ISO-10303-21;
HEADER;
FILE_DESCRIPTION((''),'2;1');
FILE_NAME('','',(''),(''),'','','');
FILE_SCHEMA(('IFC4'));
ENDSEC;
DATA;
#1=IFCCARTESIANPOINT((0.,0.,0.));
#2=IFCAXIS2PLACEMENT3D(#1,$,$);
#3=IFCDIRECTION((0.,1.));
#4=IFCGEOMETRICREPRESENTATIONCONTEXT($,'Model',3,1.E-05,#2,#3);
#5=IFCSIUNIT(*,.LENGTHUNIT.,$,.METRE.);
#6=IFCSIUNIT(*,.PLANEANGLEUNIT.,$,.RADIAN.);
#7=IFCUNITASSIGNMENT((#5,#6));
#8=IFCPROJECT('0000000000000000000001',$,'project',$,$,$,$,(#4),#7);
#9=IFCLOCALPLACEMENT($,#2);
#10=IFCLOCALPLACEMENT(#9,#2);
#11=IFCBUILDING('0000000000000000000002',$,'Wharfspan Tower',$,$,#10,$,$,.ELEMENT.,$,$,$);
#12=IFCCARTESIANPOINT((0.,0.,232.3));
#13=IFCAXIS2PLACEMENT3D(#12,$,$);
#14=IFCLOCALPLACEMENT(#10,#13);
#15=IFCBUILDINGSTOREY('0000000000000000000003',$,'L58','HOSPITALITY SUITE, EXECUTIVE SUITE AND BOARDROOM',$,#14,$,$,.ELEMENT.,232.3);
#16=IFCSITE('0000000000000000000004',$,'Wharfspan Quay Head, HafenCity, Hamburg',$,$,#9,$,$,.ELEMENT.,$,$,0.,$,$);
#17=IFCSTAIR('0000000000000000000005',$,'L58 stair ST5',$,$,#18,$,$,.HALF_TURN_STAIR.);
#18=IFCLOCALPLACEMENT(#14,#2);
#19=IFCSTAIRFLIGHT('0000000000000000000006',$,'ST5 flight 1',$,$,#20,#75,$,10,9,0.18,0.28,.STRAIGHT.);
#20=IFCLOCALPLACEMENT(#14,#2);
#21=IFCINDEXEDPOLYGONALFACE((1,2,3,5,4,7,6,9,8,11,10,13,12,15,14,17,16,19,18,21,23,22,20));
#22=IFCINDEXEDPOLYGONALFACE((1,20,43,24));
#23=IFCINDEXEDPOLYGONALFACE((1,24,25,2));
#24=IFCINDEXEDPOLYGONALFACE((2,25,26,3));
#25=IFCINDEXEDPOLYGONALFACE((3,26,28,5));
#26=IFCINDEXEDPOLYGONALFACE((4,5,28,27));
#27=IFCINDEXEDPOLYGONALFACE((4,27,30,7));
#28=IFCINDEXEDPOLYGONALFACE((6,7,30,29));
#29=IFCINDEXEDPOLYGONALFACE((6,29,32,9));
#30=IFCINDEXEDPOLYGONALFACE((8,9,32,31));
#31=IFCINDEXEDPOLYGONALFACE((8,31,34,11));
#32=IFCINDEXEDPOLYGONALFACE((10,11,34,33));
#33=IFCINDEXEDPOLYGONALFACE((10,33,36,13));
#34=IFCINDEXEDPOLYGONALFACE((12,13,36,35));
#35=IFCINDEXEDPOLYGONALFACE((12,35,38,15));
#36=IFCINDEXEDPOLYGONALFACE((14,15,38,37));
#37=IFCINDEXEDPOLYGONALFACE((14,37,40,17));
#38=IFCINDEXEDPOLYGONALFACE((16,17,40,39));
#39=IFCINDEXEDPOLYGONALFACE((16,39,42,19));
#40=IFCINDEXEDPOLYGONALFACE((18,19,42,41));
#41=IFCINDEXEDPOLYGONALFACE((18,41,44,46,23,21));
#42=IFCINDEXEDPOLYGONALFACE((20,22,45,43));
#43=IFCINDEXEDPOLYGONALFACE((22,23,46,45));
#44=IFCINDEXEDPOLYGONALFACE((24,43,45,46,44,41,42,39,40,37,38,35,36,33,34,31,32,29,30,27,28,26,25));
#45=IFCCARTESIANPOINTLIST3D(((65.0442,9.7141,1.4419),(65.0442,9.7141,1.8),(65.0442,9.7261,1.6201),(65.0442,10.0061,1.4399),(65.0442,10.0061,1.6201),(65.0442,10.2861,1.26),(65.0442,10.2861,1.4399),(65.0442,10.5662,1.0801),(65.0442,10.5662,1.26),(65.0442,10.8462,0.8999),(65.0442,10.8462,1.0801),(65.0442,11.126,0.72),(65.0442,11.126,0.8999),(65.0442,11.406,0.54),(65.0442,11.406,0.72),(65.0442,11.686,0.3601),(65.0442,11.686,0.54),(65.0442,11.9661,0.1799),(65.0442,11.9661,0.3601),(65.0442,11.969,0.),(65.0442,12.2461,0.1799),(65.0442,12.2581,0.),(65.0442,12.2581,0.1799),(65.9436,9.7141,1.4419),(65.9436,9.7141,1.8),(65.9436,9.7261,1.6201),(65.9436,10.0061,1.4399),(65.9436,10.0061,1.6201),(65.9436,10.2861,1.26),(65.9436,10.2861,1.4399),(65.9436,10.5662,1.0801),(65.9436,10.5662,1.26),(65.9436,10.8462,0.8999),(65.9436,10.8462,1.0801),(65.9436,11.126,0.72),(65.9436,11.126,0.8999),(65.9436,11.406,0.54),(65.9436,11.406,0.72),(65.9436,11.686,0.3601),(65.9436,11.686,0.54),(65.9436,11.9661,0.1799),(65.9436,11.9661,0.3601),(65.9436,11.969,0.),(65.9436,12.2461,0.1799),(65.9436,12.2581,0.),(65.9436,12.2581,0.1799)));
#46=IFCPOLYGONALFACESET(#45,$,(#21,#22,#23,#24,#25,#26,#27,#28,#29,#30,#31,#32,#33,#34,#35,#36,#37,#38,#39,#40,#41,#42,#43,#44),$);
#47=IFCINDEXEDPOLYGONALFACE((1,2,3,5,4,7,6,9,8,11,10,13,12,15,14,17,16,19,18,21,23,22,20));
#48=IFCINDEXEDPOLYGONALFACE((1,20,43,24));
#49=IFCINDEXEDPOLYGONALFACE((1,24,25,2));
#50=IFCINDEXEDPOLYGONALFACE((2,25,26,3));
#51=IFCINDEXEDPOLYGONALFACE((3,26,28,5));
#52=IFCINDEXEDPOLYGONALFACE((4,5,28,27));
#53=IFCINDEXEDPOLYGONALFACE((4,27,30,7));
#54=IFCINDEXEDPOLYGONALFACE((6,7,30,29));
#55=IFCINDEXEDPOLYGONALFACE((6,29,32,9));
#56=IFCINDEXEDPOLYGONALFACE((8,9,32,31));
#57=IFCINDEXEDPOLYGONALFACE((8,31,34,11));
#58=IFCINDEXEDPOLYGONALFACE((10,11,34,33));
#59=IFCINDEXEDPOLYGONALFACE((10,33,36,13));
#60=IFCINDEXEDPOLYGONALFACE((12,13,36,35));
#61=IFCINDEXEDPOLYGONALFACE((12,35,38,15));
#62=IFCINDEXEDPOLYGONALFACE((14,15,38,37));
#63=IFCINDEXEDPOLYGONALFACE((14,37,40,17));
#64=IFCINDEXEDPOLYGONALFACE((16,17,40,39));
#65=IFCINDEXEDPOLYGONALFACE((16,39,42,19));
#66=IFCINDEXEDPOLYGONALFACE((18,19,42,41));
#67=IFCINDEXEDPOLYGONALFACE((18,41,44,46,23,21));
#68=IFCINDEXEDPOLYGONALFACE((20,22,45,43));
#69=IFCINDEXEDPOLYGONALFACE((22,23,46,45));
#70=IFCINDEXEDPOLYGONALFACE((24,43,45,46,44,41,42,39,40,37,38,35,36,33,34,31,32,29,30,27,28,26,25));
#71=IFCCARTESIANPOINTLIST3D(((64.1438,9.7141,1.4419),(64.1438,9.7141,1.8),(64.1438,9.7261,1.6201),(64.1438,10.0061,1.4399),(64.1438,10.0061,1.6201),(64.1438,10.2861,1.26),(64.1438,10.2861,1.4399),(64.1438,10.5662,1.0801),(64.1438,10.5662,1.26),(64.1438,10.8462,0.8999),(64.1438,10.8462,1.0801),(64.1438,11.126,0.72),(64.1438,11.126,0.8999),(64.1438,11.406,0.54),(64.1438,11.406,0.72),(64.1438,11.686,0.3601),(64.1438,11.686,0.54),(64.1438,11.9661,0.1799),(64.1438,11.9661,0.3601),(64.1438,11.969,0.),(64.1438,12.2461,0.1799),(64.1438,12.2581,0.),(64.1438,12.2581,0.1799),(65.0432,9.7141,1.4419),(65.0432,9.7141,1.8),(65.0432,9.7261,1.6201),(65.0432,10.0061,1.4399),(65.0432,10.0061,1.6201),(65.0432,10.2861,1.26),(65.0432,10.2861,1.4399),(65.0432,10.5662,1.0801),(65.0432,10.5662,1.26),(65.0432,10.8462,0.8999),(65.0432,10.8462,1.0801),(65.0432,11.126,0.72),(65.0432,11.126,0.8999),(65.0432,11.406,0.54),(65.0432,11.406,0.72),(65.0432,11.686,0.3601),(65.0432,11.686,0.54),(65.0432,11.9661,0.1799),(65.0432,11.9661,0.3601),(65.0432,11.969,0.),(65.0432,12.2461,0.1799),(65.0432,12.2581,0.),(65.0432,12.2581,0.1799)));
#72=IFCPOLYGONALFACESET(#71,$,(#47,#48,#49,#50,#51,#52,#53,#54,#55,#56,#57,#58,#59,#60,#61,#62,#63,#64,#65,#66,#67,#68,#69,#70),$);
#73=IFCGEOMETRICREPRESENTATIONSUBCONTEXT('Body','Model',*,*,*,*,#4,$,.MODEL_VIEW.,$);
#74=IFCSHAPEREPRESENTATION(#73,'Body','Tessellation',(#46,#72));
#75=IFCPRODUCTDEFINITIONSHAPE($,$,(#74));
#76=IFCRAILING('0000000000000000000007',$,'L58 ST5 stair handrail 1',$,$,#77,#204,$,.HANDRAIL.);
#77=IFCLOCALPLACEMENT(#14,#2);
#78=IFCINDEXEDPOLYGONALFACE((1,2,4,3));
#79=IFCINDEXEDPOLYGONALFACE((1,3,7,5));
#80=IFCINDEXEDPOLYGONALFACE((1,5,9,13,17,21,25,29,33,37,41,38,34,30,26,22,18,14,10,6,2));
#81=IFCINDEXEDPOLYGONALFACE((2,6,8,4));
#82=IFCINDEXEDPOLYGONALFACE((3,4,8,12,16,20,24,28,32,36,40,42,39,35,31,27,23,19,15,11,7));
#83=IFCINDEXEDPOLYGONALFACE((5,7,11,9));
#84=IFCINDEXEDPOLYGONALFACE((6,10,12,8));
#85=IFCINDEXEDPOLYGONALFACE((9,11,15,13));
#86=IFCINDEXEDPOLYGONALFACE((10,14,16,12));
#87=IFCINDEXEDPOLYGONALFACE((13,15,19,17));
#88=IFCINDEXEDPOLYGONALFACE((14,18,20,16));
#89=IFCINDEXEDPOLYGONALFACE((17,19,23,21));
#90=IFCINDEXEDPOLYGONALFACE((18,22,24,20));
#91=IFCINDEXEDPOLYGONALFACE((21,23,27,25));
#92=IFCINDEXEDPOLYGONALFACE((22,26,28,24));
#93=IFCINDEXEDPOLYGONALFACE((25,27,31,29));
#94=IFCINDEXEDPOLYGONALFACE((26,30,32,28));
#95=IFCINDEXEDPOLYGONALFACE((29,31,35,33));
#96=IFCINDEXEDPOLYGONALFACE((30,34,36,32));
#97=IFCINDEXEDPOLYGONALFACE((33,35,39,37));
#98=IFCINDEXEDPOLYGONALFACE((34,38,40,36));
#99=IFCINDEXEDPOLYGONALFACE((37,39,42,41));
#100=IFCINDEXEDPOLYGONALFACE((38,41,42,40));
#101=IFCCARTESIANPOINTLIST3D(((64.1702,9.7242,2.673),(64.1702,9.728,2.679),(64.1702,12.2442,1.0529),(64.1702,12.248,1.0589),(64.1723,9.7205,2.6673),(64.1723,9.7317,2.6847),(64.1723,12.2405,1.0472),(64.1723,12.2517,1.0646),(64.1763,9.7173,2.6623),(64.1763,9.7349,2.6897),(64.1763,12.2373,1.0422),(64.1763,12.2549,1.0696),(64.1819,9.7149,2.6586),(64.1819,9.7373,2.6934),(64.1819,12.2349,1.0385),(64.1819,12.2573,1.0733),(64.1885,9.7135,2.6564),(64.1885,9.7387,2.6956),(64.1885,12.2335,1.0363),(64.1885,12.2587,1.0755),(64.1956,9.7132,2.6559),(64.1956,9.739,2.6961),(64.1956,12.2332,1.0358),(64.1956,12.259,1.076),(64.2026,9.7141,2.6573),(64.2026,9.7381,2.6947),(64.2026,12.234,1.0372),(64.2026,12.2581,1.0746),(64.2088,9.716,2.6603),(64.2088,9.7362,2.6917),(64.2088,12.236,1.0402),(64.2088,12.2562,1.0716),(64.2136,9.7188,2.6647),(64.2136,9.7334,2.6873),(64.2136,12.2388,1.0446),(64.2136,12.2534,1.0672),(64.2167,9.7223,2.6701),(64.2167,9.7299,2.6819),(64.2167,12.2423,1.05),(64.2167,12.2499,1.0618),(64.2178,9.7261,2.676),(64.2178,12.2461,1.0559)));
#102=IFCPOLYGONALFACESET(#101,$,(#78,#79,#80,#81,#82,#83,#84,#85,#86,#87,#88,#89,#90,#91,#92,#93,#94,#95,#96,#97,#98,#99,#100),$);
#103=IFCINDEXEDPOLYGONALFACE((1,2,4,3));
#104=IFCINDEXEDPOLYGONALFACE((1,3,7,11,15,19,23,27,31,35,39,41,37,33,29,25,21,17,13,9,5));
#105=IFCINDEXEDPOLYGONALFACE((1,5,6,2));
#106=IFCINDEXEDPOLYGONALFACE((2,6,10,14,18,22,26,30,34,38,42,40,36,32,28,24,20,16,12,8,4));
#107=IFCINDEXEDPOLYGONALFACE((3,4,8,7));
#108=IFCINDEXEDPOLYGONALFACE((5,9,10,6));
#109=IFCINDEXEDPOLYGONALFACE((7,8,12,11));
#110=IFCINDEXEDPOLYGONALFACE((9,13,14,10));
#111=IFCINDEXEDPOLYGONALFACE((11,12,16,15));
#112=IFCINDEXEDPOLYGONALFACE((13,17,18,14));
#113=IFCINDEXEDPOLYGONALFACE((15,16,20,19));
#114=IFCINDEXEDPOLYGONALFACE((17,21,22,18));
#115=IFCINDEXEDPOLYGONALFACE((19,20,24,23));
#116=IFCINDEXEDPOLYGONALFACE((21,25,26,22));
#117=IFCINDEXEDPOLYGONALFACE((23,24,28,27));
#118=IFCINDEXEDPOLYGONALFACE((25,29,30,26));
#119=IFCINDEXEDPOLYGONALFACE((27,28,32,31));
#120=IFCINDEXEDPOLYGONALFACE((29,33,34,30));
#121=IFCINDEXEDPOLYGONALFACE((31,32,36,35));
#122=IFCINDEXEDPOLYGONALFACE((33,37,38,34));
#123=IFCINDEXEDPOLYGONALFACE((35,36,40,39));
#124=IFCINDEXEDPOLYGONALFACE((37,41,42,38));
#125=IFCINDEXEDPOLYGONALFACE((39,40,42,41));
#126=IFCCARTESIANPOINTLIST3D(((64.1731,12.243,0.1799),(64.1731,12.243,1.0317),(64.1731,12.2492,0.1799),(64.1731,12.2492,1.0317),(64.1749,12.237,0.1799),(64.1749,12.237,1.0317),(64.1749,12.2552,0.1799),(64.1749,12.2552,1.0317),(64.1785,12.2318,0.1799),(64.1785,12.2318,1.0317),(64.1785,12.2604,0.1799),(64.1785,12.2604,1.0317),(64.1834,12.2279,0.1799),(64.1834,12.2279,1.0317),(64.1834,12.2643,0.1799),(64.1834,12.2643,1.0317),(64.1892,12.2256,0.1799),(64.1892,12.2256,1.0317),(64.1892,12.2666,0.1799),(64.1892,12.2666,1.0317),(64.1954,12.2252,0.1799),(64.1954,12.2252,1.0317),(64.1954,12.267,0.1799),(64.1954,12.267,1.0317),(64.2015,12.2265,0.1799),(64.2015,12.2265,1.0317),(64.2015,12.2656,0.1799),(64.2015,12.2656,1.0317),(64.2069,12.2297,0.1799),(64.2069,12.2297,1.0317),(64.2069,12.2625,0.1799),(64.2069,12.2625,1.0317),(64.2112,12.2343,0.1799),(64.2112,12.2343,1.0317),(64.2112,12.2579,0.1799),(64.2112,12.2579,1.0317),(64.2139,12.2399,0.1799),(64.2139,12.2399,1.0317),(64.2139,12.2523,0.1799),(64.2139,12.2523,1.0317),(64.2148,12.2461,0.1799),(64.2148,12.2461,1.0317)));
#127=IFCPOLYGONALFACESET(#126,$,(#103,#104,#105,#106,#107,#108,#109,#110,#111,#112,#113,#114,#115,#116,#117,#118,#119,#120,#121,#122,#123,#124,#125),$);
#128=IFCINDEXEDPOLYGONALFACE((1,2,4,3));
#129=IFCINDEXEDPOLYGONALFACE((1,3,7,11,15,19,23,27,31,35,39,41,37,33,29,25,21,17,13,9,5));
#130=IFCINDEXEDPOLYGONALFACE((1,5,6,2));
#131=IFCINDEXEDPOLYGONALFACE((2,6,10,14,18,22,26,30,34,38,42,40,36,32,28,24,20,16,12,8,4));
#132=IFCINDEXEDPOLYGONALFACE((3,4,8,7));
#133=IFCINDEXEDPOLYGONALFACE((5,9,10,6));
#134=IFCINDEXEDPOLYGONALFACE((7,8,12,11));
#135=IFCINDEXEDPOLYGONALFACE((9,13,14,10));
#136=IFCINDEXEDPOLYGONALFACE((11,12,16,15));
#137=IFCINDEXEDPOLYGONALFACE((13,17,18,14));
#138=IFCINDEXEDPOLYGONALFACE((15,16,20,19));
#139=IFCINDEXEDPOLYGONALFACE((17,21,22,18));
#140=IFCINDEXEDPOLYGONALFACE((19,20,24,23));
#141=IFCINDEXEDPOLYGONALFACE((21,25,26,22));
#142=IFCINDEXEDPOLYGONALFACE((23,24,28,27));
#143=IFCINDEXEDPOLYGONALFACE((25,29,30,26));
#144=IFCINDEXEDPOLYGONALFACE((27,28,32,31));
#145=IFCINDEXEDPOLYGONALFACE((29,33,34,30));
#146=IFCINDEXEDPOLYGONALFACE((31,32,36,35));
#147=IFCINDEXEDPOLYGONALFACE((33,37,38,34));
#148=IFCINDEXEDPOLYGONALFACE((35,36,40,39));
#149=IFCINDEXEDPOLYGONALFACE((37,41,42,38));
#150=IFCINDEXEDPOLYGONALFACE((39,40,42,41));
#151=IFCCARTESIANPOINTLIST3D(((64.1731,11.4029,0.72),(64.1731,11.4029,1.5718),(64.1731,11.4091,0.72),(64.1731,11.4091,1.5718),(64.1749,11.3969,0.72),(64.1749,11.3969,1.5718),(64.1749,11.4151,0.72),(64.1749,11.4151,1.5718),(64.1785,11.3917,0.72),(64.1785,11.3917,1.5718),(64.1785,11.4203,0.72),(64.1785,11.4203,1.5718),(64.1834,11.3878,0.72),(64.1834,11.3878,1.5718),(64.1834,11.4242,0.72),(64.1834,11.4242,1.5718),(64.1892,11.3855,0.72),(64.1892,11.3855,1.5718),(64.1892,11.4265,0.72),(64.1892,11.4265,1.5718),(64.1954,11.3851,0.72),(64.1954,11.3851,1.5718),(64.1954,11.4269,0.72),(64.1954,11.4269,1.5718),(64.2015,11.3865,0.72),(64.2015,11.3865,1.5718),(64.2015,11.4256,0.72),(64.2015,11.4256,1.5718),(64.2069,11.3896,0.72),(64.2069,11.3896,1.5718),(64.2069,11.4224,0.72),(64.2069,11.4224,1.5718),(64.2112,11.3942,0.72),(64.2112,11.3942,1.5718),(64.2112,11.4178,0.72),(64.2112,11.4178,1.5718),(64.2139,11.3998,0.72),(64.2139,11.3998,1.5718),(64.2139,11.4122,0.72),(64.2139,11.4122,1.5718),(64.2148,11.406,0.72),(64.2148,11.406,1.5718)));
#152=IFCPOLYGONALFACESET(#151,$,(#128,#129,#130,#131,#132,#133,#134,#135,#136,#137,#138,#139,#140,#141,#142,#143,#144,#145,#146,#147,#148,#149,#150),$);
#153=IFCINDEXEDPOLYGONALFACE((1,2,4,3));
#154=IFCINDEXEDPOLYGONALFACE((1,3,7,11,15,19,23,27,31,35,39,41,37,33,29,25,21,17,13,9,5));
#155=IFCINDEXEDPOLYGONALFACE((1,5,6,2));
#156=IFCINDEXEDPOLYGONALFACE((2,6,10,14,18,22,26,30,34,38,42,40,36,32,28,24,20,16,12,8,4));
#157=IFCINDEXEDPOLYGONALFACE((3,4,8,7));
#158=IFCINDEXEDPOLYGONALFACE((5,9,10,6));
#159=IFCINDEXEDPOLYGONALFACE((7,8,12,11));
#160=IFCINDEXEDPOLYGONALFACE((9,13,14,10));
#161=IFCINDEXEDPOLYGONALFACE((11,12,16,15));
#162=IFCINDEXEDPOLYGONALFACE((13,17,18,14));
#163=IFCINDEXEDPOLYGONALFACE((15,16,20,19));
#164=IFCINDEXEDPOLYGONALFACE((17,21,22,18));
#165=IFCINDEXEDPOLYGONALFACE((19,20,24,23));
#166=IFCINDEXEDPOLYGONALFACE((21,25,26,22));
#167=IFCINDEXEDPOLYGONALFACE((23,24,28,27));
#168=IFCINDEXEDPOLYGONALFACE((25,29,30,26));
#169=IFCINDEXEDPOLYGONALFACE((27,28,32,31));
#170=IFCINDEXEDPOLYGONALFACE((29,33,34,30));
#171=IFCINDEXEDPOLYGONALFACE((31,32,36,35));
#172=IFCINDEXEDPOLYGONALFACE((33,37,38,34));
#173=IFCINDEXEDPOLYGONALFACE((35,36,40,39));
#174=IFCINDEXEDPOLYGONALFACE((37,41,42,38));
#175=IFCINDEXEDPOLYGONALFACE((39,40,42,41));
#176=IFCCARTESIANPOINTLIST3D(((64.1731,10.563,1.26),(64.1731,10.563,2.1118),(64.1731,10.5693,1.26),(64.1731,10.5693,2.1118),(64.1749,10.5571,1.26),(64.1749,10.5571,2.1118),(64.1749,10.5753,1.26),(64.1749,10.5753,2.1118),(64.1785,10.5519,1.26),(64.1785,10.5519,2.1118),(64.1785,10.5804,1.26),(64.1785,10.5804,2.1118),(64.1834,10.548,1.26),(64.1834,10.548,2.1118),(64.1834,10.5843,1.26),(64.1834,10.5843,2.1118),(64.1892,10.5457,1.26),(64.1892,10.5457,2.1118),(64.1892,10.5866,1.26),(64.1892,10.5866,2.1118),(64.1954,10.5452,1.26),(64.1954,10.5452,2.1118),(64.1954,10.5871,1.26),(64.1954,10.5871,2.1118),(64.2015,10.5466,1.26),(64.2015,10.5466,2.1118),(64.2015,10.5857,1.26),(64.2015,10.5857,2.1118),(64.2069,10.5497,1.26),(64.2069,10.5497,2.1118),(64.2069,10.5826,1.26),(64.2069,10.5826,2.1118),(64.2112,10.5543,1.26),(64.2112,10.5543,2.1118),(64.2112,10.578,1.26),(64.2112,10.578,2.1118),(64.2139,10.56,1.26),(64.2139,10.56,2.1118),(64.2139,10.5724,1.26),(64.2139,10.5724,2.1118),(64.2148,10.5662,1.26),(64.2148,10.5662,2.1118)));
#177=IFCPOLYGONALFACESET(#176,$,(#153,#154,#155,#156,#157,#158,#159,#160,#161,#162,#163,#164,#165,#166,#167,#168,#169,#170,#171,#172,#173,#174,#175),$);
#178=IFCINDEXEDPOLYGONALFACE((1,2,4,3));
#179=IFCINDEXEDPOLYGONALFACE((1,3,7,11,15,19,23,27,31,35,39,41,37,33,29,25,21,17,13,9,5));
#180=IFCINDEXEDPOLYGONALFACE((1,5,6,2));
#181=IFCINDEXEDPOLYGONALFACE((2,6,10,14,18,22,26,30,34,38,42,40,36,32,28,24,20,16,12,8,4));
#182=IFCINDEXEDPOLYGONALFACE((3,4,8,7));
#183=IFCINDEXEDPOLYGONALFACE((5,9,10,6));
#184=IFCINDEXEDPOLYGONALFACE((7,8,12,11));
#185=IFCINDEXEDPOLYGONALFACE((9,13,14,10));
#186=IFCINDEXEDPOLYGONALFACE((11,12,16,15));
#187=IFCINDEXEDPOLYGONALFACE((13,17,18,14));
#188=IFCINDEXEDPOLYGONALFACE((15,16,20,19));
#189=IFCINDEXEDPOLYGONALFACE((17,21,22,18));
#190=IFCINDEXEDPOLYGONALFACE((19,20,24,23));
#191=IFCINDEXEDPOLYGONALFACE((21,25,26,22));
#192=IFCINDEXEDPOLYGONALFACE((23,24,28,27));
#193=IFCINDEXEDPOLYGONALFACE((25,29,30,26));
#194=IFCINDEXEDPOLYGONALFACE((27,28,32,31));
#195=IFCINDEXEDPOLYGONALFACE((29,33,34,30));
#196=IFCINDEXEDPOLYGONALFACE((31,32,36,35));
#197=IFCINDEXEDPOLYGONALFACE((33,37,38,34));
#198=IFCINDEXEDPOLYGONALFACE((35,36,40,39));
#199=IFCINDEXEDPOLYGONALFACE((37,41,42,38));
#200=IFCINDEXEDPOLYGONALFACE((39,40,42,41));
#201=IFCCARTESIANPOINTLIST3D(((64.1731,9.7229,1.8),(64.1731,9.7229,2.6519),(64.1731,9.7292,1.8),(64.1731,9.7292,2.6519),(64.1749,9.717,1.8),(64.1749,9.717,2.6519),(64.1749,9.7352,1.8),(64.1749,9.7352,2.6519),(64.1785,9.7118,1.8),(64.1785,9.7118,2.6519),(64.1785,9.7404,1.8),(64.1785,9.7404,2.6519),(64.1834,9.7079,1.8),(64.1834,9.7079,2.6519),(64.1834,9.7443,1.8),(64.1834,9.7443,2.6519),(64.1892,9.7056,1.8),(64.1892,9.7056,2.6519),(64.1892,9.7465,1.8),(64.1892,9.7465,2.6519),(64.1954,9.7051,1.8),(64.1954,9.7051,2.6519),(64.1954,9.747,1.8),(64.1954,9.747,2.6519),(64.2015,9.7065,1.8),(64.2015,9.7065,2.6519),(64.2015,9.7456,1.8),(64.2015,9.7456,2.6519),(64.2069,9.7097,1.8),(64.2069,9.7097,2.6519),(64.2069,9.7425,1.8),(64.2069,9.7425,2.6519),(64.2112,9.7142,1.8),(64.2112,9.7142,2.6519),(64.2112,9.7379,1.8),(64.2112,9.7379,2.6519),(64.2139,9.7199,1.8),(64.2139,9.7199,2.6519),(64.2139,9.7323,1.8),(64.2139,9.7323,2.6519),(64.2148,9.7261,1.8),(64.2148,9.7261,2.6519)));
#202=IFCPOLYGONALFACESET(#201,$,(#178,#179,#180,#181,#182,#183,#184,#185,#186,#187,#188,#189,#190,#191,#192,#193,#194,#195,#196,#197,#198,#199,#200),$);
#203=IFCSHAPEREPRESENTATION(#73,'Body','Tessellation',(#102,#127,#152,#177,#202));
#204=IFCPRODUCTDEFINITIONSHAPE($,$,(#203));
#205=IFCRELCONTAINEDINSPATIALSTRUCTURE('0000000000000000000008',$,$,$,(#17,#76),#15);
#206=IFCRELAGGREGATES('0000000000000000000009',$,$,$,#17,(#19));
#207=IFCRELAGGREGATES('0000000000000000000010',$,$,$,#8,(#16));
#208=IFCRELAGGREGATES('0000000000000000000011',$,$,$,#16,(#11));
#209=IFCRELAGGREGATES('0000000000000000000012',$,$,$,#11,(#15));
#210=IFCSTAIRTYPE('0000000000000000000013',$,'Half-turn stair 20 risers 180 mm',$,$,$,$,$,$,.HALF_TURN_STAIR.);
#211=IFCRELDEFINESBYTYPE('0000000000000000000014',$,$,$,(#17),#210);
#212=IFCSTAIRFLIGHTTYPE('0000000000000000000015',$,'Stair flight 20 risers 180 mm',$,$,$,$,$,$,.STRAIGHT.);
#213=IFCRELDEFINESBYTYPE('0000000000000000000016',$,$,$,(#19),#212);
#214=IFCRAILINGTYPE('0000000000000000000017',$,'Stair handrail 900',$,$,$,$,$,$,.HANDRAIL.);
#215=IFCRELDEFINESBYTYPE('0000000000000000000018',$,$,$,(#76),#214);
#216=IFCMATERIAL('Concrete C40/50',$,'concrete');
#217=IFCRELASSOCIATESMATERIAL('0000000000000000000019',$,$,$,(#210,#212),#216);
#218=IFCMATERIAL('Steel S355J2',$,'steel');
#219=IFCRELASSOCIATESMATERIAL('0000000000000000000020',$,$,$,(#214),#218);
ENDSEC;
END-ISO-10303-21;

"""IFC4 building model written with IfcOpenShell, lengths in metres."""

from ifc_helpers import new_model, si_unit, direction, frame, origin, origin_2d, place, context, subcontext, project, spatial, polyline, circle, outline, extrude, material, type_object, element, aggregate, save


model = new_model("IFC4")

# Units and contexts
model_context = context("Model", 3, precision=1e-05, world=origin(), true_north=direction((0.0, 1.0)))
body_context = subcontext(model_context, "Body", "Model", "MODEL_VIEW")
ifc_project = project(units=[si_unit("LENGTHUNIT", "METRE"), si_unit("PLANEANGLEUNIT", "RADIAN")], contexts=[model_context])

# Site, building, storey
site_placement = place(None, origin())
site = spatial("IfcSite", under=ifc_project, at=site_placement, Name="Wharfspan Quay Head, HafenCity, Hamburg", CompositionType="ELEMENT", RefElevation=0.0)
building_placement = place(site_placement, origin())
building = spatial("IfcBuilding", under=site, at=building_placement, Name="Wharfspan Tower", CompositionType="ELEMENT")
storey_placement = place(building_placement, frame((0.0, 0.0, 232.3)))
storey = spatial("IfcBuildingStorey", under=building, at=storey_placement, Name="L58", Description="HOSPITALITY SUITE, EXECUTIVE SUITE AND BOARDROOM", CompositionType="ELEMENT", Elevation=232.3)

# Shared definitions
ifc_material_1 = material(Name="Steel S355J2", Category="steel")

# Shared definitions
ifc_material_2 = material(Name="Concrete C40/50", Category="concrete")

# Stair, stair flight
stair_type = type_object("IfcStairType", Name="Half-turn stair 20 risers 180 mm", PredefinedType="HALF_TURN_STAIR", material=ifc_material_2)
stair_placement = place(storey_placement, origin())
stair = element("IfcStair", 1, at=stair_placement, inside=storey, type_object=stair_type, Name="L58 stair ST5", PredefinedType="HALF_TURN_STAIR")
stair_flight_type = type_object("IfcStairFlightType", Name="Stair flight 20 risers 180 mm", PredefinedType="STRAIGHT", material=ifc_material_2)
stair_flight_placement = place(storey_placement, frame((65.0437, 12.2461, 0.0), z_axis=(0.0, 0.0, 1.0), x_axis=(0.0, -1.0, 0.0)))
stair_flight = element("IfcStairFlight", 2, at=stair_flight_placement, type_object=stair_flight_type, Name="ST5 flight 1", NumberOfRisers=10, NumberOfTreads=9, PredefinedType="STRAIGHT", RiserHeight=0.18, TreadLength=0.28, context=body_context, shape_type="SweptSolid", body=[
    extrude(outline(polyline([(-0.012, 0.0), (-0.012, 0.1799), (0.0, 0.1799), (0.28, 0.1799), (0.28, 0.3601), (0.5601, 0.3601), (0.5601, 0.54), (0.8401, 0.54), (0.8401, 0.72), (1.1201, 0.72), (1.1201, 0.8999), (1.3999, 0.8999), (1.3999, 1.0801), (1.6799, 1.0801), (1.6799, 1.26), (1.96, 1.26), (1.96, 1.4399), (2.24, 1.4399), (2.24, 1.6201), (2.52, 1.6201), (2.532, 1.8), (2.532, 1.4419), (0.2771, 0.0), (-0.012, 0.0)])), frame((0.0, 0.8999, 0.0), z_axis=(0.0, -1.0, 0.0), x_axis=(1.0, 0.0, 0.0)), (0.0, 0.0, 1.0), 0.8994),
    extrude(outline(polyline([(-0.012, 0.0), (-0.012, 0.1799), (0.0, 0.1799), (0.28, 0.1799), (0.28, 0.3601), (0.5601, 0.3601), (0.5601, 0.54), (0.8401, 0.54), (0.8401, 0.72), (1.1201, 0.72), (1.1201, 0.8999), (1.3999, 0.8999), (1.3999, 1.0801), (1.6799, 1.0801), (1.6799, 1.26), (1.96, 1.26), (1.96, 1.4399), (2.24, 1.4399), (2.24, 1.6201), (2.52, 1.6201), (2.532, 1.8), (2.532, 1.4419), (0.2771, 0.0), (-0.012, 0.0)])), frame((0.0, -0.0005, 0.0), z_axis=(0.0, -1.0, 0.0), x_axis=(1.0, 0.0, 0.0)), (0.0, 0.0, 1.0), 0.8994),
])
aggregate(stair, [stair_flight])

# Railing
railing_type = type_object("IfcRailingType", Name="Stair handrail 900", PredefinedType="HANDRAIL", material=ifc_material_1)
railing_placement = place(storey_placement, frame((64.1938, 12.2461, 0.1799)))
element("IfcRailing", 3, at=railing_placement, inside=storey, type_object=railing_type, Name="L58 ST5 stair handrail 1", PredefinedType="HANDRAIL", context=body_context, shape_type="SweptSolid", body=[
    extrude(circle(Radius=0.0239, at=origin_2d()), frame((0.0, 0.0, 0.876), z_axis=(0.0, -0.841163, 0.540782), x_axis=(1.0, 0.0, 0.0)), (0.0, 0.0, 1.0), 2.9958),
    extrude(circle(Radius=0.021, at=origin_2d()), origin(), (0.0, 0.0, 1.0), 0.8518),
    extrude(circle(Radius=0.021, at=origin_2d()), frame((0.0, -0.8401, 0.54)), (0.0, 0.0, 1.0), 0.8518),
    extrude(circle(Radius=0.021, at=origin_2d()), frame((0.0, -1.6799, 1.0801)), (0.0, 0.0, 1.0), 0.8518),
    extrude(circle(Radius=0.021, at=origin_2d()), frame((0.0, -2.52, 1.6201)), (0.0, 0.0, 1.0), 0.8518),
])

save(model, "model.ifc")
